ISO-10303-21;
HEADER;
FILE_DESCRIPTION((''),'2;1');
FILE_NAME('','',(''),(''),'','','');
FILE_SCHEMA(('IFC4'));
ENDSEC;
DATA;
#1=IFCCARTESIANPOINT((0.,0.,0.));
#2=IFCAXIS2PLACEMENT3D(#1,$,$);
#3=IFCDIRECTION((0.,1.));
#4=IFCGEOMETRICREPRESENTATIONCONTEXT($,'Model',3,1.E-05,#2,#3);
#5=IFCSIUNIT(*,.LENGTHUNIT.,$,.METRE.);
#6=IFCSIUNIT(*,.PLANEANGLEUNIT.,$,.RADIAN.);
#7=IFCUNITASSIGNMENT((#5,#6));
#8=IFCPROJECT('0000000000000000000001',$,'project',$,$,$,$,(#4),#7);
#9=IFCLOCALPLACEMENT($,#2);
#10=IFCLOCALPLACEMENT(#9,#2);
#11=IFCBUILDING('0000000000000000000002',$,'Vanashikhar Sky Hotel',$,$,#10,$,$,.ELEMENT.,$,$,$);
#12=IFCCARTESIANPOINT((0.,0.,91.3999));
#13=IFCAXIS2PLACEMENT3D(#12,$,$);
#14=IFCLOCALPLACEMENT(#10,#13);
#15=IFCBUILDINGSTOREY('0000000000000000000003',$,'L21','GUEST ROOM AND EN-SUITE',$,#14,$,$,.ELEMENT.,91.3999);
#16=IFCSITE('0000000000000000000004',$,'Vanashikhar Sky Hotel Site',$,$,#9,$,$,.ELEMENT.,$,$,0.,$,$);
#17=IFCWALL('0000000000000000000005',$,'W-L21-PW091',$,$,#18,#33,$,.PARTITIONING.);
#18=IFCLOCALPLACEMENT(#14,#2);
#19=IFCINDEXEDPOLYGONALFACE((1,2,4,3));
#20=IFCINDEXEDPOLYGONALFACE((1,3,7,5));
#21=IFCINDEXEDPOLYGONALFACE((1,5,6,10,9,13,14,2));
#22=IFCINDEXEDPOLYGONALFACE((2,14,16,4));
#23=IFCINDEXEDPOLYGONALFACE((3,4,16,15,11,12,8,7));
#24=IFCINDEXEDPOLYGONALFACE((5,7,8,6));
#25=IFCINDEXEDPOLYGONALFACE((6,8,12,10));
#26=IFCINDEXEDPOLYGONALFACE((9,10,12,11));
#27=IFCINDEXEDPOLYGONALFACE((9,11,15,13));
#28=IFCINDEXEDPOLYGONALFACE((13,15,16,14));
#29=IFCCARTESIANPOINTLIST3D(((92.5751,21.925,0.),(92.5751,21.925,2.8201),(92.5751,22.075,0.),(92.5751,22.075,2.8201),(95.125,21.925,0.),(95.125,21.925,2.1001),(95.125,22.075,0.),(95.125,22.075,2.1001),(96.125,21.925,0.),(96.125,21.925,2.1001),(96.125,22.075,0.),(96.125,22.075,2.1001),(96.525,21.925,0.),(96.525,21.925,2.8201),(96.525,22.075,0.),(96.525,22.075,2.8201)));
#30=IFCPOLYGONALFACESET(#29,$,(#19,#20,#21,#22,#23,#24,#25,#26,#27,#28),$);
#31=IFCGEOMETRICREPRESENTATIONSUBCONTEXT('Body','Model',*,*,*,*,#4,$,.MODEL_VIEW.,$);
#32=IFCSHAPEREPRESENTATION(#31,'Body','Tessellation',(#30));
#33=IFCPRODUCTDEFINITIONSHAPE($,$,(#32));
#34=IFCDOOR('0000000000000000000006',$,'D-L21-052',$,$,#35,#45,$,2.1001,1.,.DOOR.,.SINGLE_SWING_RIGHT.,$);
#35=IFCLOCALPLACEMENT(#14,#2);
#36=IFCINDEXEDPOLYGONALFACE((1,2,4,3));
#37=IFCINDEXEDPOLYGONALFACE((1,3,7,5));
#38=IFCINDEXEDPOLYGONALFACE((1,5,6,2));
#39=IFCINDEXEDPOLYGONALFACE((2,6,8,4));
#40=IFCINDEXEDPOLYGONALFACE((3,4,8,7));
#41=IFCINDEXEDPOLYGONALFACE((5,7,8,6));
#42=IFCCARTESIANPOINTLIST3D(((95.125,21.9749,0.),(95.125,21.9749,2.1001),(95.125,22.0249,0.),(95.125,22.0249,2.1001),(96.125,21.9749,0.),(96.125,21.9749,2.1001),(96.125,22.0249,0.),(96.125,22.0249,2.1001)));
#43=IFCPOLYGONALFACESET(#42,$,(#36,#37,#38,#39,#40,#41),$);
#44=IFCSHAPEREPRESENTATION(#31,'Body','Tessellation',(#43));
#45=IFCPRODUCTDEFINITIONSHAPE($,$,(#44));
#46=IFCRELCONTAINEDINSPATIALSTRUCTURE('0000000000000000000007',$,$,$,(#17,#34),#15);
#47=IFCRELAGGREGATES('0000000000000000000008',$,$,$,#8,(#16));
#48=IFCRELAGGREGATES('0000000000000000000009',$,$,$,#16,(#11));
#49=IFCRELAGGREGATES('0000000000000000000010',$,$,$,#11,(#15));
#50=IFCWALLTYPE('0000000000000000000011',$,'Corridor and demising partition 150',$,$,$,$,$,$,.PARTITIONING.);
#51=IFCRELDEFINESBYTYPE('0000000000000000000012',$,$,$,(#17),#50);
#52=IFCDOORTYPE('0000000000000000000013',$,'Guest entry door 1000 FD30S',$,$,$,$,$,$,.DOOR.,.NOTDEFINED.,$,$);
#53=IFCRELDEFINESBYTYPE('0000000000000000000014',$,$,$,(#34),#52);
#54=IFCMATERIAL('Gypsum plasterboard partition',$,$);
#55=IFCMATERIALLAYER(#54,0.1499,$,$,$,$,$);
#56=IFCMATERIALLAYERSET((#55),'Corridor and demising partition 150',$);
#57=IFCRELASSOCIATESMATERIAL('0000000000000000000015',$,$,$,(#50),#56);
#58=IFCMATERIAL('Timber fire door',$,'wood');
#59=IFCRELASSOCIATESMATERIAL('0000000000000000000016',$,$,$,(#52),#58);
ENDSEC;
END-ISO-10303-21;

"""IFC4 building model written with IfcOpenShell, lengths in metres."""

from ifc_helpers import new_model, si_unit, direction, frame, frame_2d, origin, place, context, subcontext, project, spatial, rectangle, extrude, source, transform, mapped, material, layer, layer_set, type_object, element, fill, save


model = new_model("IFC4")

# Units and contexts
model_context = context("Model", 3, precision=1e-05, world=origin(), true_north=direction((0.0, 1.0)))
body_context = subcontext(model_context, "Body", "Model", "MODEL_VIEW")
ifc_project = project(units=[si_unit("LENGTHUNIT", "METRE"), si_unit("PLANEANGLEUNIT", "RADIAN")], contexts=[model_context])

# Site, building, storey
site_placement = place(None, origin())
site = spatial("IfcSite", under=ifc_project, at=site_placement, Name="Vanashikhar Sky Hotel Site", CompositionType="ELEMENT", RefElevation=0.0)
building_placement = place(site_placement, origin())
building = spatial("IfcBuilding", under=site, at=building_placement, Name="Vanashikhar Sky Hotel", CompositionType="ELEMENT")
storey_placement = place(building_placement, frame((0.0, 0.0, 91.3999)))
storey = spatial("IfcBuildingStorey", under=building, at=storey_placement, Name="L21", Description="GUEST ROOM AND EN-SUITE", CompositionType="ELEMENT", Elevation=91.3999)

# Shared definitions
ifc_material_1 = material(Name="Gypsum plasterboard partition")
ifc_layer_1 = layer(ifc_material_1, 0.1499)
ifc_layer_set_1 = layer_set([ifc_layer_1], Name="Corridor and demising partition 150")
wall_type_1 = type_object("IfcWallType", Name="Corridor and demising partition 150", PredefinedType="PARTITIONING", material=ifc_layer_set_1)

# Wall, opening, door
shared_shape_1 = source(origin(), body_context, "Body", "SweptSolid", [
    extrude(rectangle(XDim=1.0, YDim=2.1001, at=frame_2d((0.5, 1.05))), frame((0.0, 0.085, 0.0), z_axis=(0.0, -1.0, 0.0), x_axis=(1.0, 0.0, 0.0)), (0.0, 0.0, 1.0), 0.1699),
])
ifc_material_2 = material(Name="Timber fire door", Category="wood")
door_type_1 = type_object("IfcDoorType", Name="Guest entry door 1000 FD30S", OperationType="NOTDEFINED", PredefinedType="DOOR", material=ifc_material_2)
shared_shape_2 = source(origin(), body_context, "Body", "SweptSolid", [
    extrude(rectangle(XDim=1.0, YDim=2.1001, at=frame_2d((0.5, 1.05))), frame((0.0, 0.0249, 0.0), z_axis=(0.0, -1.0, 0.0), x_axis=(1.0, 0.0, 0.0)), (0.0, 0.0, 1.0), 0.05),
])
shared_shape_3 = source(origin(), body_context, "Body", "SweptSolid", [
    extrude(rectangle(XDim=3.95, YDim=0.1499, at=frame_2d((1.9751, 0.0))), origin(), (0.0, 0.0, 1.0), 2.8201),
])
wall_1_placement = place(storey_placement, frame((92.575, 22.0, 0.0), z_axis=(0.0, 0.0, 1.0), x_axis=(1.0, 0.0, 0.0)))
wall_1 = element("IfcWall", 1, at=wall_1_placement, inside=storey, type_object=wall_type_1, Name="W-L21-PW091", PredefinedType="PARTITIONING", context=body_context, shape_type="MappedRepresentation", body=[
    mapped(shared_shape_3, transform((0.0, 0.0, 0.0), scale=1.0)),
])
opening_1_placement = place(wall_1_placement, frame((2.55, 0.0, 0.0)))
opening_1 = element("IfcOpeningElement", 2, at=opening_1_placement, cuts=wall_1, PredefinedType="OPENING", context=body_context, shape_type="MappedRepresentation", body=[
    mapped(shared_shape_1, transform((0.0, 0.0, 0.0), scale=1.0)),
])
door_1_placement = place(opening_1_placement, origin())
door_1 = element("IfcDoor", 3, at=door_1_placement, inside=storey, type_object=door_type_1, Name="D-L21-052", OperationType="SINGLE_SWING_RIGHT", OverallHeight=2.1001, OverallWidth=1.0, PredefinedType="DOOR", context=body_context, shape_type="MappedRepresentation", body=[
    mapped(shared_shape_2, transform((0.0, 0.0, 0.0), scale=1.0)),
])
fill(opening_1, door_1)

save(model, "model.ifc")
